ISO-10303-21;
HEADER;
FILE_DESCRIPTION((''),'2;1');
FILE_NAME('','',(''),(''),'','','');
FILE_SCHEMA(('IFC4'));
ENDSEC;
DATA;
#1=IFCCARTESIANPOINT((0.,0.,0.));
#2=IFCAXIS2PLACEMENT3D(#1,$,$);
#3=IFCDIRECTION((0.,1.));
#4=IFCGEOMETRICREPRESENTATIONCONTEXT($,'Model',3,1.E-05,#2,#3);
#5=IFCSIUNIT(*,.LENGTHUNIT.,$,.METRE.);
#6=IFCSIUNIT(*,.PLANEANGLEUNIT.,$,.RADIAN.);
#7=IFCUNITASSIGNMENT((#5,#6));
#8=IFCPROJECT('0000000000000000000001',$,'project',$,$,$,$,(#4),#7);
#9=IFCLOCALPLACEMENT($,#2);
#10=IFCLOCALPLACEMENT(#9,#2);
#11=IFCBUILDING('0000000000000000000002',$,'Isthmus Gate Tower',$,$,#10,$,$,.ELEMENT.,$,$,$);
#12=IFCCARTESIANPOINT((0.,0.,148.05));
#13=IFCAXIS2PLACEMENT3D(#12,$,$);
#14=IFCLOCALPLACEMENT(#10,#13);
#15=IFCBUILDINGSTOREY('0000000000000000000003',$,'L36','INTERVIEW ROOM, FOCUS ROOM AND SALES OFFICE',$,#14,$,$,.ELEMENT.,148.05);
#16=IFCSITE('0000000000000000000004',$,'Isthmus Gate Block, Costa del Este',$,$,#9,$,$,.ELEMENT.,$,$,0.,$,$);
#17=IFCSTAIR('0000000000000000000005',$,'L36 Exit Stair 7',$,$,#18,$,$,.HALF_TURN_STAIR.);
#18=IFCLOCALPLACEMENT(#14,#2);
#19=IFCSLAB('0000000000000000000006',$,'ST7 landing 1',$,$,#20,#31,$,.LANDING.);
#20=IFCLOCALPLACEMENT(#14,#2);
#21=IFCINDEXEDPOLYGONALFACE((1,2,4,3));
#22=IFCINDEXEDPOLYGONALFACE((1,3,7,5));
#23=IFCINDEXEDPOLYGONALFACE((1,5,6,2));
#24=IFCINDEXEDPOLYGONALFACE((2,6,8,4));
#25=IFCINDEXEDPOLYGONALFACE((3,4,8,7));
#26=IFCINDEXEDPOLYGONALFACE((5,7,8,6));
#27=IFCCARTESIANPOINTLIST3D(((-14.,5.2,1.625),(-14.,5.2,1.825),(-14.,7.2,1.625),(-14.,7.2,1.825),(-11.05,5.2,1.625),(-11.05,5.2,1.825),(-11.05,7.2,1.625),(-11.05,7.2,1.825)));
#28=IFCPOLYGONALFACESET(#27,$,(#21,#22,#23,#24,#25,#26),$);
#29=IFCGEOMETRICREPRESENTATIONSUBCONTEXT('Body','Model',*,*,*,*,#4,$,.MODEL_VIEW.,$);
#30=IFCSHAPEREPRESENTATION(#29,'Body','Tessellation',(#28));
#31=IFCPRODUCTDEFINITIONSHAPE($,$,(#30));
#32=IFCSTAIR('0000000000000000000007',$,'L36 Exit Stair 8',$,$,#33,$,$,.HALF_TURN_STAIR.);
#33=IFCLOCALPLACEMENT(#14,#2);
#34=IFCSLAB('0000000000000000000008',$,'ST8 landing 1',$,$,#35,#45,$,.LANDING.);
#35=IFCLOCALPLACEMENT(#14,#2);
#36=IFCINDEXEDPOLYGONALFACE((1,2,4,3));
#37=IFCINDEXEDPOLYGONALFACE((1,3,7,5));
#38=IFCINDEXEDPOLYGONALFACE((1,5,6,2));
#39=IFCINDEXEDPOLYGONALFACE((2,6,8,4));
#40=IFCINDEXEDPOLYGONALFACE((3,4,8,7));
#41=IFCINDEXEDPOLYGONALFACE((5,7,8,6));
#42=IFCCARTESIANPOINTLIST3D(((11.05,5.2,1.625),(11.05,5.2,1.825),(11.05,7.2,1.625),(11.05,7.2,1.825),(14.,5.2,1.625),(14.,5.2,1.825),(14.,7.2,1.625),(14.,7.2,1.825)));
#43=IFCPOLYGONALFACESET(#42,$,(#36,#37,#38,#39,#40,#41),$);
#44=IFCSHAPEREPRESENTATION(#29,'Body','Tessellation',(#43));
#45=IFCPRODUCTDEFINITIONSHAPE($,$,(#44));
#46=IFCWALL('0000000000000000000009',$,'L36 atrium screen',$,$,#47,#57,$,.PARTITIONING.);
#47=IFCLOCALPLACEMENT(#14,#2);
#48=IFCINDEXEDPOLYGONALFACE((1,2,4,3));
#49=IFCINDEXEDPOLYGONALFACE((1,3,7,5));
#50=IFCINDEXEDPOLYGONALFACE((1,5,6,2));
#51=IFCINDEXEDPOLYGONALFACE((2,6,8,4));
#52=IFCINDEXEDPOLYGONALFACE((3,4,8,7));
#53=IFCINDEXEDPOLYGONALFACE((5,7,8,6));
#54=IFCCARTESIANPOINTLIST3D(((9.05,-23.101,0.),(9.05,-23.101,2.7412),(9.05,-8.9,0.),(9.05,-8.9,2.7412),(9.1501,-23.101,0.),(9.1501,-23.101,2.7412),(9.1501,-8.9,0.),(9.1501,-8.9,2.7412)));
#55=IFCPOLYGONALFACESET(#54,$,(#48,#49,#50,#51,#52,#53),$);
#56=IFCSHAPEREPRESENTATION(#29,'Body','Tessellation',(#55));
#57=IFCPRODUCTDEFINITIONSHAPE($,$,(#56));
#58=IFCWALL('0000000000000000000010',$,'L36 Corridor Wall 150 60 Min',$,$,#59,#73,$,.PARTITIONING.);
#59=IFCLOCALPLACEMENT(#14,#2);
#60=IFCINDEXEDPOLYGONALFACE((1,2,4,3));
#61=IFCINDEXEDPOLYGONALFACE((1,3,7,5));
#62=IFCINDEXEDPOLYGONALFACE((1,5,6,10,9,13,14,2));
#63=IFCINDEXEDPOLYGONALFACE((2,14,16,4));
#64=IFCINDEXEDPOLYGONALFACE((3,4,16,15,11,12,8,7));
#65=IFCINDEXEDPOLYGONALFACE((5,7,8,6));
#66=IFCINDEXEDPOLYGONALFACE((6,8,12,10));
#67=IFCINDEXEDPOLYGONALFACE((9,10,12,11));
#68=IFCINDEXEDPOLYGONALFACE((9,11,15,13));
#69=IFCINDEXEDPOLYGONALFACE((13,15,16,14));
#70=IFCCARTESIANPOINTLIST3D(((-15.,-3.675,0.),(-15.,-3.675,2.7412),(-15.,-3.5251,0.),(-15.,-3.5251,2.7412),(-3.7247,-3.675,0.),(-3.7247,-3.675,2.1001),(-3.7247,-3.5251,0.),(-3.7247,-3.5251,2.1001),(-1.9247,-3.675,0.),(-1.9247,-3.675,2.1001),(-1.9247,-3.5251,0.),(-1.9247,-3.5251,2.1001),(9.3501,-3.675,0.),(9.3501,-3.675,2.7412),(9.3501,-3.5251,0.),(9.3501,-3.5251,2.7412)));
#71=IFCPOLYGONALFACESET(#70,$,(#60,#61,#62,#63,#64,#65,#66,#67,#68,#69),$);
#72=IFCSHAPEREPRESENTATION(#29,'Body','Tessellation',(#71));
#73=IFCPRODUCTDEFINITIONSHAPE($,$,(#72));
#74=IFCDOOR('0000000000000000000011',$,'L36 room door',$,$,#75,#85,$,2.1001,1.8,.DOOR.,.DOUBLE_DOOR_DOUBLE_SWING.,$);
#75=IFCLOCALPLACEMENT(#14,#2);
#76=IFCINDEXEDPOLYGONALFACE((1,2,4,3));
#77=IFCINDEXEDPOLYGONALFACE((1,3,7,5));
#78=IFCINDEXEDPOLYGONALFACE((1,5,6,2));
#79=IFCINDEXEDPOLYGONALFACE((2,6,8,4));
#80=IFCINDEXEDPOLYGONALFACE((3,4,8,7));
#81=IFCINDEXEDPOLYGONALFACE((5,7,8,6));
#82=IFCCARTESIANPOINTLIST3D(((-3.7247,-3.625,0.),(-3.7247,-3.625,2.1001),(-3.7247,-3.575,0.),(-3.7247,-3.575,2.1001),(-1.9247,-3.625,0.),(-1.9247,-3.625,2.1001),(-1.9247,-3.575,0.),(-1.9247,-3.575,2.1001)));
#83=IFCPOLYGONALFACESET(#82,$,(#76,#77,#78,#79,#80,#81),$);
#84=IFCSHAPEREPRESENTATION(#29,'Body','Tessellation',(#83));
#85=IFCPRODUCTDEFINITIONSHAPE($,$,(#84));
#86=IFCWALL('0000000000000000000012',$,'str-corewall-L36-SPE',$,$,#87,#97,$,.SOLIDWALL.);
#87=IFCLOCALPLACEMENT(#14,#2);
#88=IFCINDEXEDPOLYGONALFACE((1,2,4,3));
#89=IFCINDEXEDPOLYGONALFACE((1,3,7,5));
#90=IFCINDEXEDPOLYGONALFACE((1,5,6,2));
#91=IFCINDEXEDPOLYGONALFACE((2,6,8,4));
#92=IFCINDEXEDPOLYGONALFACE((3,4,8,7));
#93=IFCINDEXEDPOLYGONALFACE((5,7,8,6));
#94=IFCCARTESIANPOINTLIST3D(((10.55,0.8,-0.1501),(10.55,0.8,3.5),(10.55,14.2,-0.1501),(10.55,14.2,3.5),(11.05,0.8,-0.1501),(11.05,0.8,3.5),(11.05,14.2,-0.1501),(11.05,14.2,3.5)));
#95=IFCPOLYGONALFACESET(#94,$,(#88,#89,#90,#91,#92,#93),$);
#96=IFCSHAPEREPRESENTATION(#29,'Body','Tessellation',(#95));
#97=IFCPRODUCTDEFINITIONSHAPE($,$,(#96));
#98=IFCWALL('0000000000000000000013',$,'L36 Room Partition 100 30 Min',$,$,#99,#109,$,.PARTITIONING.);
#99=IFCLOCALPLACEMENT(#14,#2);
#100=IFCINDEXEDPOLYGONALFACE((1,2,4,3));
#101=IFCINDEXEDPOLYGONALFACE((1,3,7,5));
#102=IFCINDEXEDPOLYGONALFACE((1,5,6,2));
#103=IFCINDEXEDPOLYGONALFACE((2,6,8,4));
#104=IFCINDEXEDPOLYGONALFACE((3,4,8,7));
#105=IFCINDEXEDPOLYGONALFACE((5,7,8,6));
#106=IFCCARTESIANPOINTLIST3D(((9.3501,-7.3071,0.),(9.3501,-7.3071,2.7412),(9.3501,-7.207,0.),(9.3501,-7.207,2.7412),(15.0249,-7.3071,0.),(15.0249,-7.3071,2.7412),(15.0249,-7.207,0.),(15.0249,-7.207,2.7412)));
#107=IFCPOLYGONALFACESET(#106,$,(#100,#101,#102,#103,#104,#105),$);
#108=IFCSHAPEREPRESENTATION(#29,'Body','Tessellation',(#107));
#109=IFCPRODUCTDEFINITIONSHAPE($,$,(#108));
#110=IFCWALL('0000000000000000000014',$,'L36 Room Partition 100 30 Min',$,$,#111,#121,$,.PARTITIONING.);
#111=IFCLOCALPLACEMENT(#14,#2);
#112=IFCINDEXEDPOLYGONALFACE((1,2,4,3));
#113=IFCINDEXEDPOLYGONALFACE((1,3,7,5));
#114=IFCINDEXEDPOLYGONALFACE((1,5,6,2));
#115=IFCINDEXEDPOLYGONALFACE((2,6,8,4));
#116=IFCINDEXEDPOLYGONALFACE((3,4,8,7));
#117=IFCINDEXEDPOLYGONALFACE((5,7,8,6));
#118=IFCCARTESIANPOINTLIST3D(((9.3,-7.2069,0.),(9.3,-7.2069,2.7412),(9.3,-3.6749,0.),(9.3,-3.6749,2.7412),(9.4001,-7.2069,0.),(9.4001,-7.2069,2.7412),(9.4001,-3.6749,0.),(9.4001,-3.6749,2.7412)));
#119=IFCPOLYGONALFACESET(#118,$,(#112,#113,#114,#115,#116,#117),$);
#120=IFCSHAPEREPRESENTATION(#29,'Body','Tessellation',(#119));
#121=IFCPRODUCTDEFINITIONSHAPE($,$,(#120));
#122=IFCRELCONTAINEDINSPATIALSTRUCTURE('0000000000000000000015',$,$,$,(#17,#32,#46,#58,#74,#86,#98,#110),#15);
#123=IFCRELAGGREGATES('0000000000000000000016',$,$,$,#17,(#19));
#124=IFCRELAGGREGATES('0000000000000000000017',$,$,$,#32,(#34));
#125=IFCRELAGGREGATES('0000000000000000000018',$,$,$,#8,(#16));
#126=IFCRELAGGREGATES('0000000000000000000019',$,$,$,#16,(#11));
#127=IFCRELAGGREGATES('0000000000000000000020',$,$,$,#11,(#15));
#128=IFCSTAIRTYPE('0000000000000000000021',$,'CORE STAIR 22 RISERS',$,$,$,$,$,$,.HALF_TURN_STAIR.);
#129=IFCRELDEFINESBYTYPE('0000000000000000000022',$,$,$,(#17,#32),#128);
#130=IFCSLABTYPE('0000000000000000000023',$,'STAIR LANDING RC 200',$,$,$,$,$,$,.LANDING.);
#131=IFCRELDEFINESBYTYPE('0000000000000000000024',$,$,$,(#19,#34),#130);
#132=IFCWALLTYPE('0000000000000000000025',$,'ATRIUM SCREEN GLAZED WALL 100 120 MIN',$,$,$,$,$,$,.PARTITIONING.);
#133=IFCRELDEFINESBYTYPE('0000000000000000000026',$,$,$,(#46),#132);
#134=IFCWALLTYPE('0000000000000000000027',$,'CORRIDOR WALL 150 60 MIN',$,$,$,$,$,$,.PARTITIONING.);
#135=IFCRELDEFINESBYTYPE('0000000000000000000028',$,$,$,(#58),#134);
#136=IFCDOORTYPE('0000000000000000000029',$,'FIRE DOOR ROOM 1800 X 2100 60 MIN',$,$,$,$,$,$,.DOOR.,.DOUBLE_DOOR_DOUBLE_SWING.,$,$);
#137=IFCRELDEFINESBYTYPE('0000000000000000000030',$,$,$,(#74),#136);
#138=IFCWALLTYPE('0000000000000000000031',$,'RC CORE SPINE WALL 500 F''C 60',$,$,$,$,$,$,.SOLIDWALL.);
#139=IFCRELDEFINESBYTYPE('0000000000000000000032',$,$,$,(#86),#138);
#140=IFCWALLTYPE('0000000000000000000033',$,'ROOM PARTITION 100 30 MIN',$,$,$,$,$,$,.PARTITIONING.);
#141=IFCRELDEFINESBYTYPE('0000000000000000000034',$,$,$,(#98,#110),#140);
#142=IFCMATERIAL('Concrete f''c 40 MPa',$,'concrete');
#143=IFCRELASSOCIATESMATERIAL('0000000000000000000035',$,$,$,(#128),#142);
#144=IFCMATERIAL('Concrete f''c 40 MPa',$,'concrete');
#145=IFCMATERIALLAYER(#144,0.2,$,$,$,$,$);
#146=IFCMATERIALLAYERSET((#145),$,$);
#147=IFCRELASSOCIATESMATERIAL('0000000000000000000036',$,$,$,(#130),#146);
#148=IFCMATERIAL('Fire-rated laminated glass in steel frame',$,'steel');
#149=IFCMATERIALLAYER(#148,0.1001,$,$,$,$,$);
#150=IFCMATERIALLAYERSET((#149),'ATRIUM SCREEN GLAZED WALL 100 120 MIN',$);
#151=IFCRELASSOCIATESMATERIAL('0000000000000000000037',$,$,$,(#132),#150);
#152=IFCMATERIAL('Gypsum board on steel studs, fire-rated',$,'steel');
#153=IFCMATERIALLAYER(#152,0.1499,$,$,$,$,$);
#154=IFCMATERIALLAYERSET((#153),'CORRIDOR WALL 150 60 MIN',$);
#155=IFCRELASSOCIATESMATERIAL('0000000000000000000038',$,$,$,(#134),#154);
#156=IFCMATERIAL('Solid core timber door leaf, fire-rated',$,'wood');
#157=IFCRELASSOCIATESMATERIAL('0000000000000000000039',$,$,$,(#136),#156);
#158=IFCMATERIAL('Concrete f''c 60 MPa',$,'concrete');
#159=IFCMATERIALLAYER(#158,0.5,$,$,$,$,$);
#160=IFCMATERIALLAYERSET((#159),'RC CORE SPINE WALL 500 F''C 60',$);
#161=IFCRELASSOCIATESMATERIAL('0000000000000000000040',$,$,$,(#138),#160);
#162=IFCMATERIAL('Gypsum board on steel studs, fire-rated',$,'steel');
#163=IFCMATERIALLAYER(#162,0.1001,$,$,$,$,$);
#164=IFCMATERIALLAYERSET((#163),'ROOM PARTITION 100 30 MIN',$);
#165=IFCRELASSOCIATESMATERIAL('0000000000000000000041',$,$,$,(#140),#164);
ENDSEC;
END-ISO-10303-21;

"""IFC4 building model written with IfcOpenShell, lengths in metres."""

from ifc_helpers import new_model, si_unit, direction, frame, frame_2d, origin, place, context, subcontext, project, spatial, polyline, rectangle, outline, extrude, material, layer, layer_set, type_object, element, fill, aggregate, save


model = new_model("IFC4")

# Units and contexts
model_context = context("Model", 3, precision=1e-05, world=origin(), true_north=direction((0.0, 1.0)))
body_context = subcontext(model_context, "Body", "Model", "MODEL_VIEW")
ifc_project = project(units=[si_unit("LENGTHUNIT", "METRE"), si_unit("PLANEANGLEUNIT", "RADIAN")], contexts=[model_context])

# Site, building, storey
site_placement = place(None, origin())
site = spatial("IfcSite", under=ifc_project, at=site_placement, Name="Isthmus Gate Block, Costa del Este", CompositionType="ELEMENT", RefElevation=0.0)
building_placement = place(site_placement, origin())
building = spatial("IfcBuilding", under=site, at=building_placement, Name="Isthmus Gate Tower", CompositionType="ELEMENT")
storey_placement = place(building_placement, frame((0.0, 0.0, 148.05)))
storey = spatial("IfcBuildingStorey", under=building, at=storey_placement, Name="L36", Description="INTERVIEW ROOM, FOCUS ROOM AND SALES OFFICE", CompositionType="ELEMENT", Elevation=148.05)

# Stairs, slabs
ifc_material_1 = material(Name="Concrete f'c 40 MPa", Category="concrete")
stair_type = type_object("IfcStairType", Name="CORE STAIR 22 RISERS", PredefinedType="HALF_TURN_STAIR", material=ifc_material_1)
ifc_material_2 = material(Name="Concrete f'c 40 MPa", Category="concrete")
ifc_layer_1 = layer(ifc_material_2, 0.2)
ifc_layer_set_1 = layer_set([ifc_layer_1])
slab_type_1 = type_object("IfcSlabType", Name="STAIR LANDING RC 200", PredefinedType="LANDING", material=ifc_layer_set_1)
stair_1_placement = place(storey_placement, origin())
stair_1 = element("IfcStair", 1, at=stair_1_placement, inside=storey, type_object=stair_type, Name="L36 Exit Stair 7", PredefinedType="HALF_TURN_STAIR")
slab_1_placement = place(storey_placement, frame((0.0, 0.0, 1.625)))
slab_1 = element("IfcSlab", 2, at=slab_1_placement, type_object=slab_type_1, Name="ST7 landing 1", PredefinedType="LANDING", context=body_context, shape_type="SweptSolid", body=[
    extrude(outline(polyline([(-11.05, 5.2), (-11.05, 7.2), (-14.0, 7.2), (-14.0, 5.2), (-11.05, 5.2)])), origin(), (0.0, 0.0, 1.0), 0.2),
])
aggregate(stair_1, [slab_1])
stair_2_placement = place(storey_placement, origin())
stair_2 = element("IfcStair", 3, at=stair_2_placement, inside=storey, type_object=stair_type, Name="L36 Exit Stair 8", PredefinedType="HALF_TURN_STAIR")
slab_2_placement = place(storey_placement, frame((0.0, 0.0, 1.625)))
slab_2 = element("IfcSlab", 4, at=slab_2_placement, type_object=slab_type_1, Name="ST8 landing 1", PredefinedType="LANDING", context=body_context, shape_type="SweptSolid", body=[
    extrude(outline(polyline([(14.0, 5.2), (14.0, 7.2), (11.05, 7.2), (11.05, 5.2), (14.0, 5.2)])), origin(), (0.0, 0.0, 1.0), 0.2),
])
aggregate(stair_2, [slab_2])

# Wall
ifc_material_3 = material(Name="Fire-rated laminated glass in steel frame", Category="steel")
ifc_layer_2 = layer(ifc_material_3, 0.1001)
ifc_layer_set_2 = layer_set([ifc_layer_2], Name="ATRIUM SCREEN GLAZED WALL 100 120 MIN")
wall_type_1 = type_object("IfcWallType", Name="ATRIUM SCREEN GLAZED WALL 100 120 MIN", PredefinedType="PARTITIONING", material=ifc_layer_set_2)
wall_1_placement = place(storey_placement, frame((9.1001, -8.8999, 0.0), z_axis=(0.0, 0.0, 1.0), x_axis=(0.0, -1.0, 0.0)))
element("IfcWall", 5, at=wall_1_placement, inside=storey, type_object=wall_type_1, Name="L36 atrium screen", PredefinedType="PARTITIONING", context=body_context, shape_type="SweptSolid", body=[
    extrude(rectangle(XDim=14.2009, YDim=0.1001, at=frame_2d((7.1006, 0.0))), origin(), (0.0, 0.0, 1.0), 2.7412),
])

# Wall, opening, door
ifc_material_4 = material(Name="Gypsum board on steel studs, fire-rated", Category="steel")
ifc_layer_3 = layer(ifc_material_4, 0.1499)
ifc_layer_set_3 = layer_set([ifc_layer_3], Name="CORRIDOR WALL 150 60 MIN")
wall_type_2 = type_object("IfcWallType", Name="CORRIDOR WALL 150 60 MIN", PredefinedType="PARTITIONING", material=ifc_layer_set_3)
wall_2_placement = place(storey_placement, frame((9.3501, -3.6001, 0.0), z_axis=(0.0, 0.0, 1.0), x_axis=(-1.0, 0.0, 0.0)))
wall_2 = element("IfcWall", 6, at=wall_2_placement, inside=storey, type_object=wall_type_2, Name="L36 Corridor Wall 150 60 Min", PredefinedType="PARTITIONING", context=body_context, shape_type="SweptSolid", body=[
    extrude(rectangle(XDim=24.3501, YDim=0.1499, at=frame_2d((12.175, 0.0))), origin(), (0.0, 0.0, 1.0), 2.7412),
])
opening_placement = place(wall_2_placement, frame((11.2749, 0.0, 0.0)))
opening = element("IfcOpeningElement", 7, at=opening_placement, cuts=wall_2, PredefinedType="OPENING", context=body_context, shape_type="SweptSolid", body=[
    extrude(rectangle(XDim=1.8, YDim=2.1001, at=frame_2d((0.8999, 1.05))), frame((0.0, 0.085, 0.0), z_axis=(0.0, -1.0, 0.0), x_axis=(1.0, 0.0, 0.0)), (0.0, 0.0, 1.0), 0.1699),
])
ifc_material_5 = material(Name="Solid core timber door leaf, fire-rated", Category="wood")
door_type = type_object("IfcDoorType", Name="FIRE DOOR ROOM 1800 X 2100 60 MIN", OperationType="DOUBLE_DOOR_DOUBLE_SWING", PredefinedType="DOOR", material=ifc_material_5)
door_placement = place(opening_placement, origin())
door = element("IfcDoor", 8, at=door_placement, inside=storey, type_object=door_type, Name="L36 room door", OperationType="DOUBLE_DOOR_DOUBLE_SWING", OverallHeight=2.1001, OverallWidth=1.8, PredefinedType="DOOR", context=body_context, shape_type="SweptSolid", body=[
    extrude(rectangle(XDim=1.8, YDim=2.1001, at=frame_2d((0.8999, 1.05))), frame((0.0, 0.0249, 0.0), z_axis=(0.0, -1.0, 0.0), x_axis=(1.0, 0.0, 0.0)), (0.0, 0.0, 1.0), 0.05),
])
fill(opening, door)

# Walls
ifc_material_6 = material(Name="Concrete f'c 60 MPa", Category="concrete")
ifc_layer_4 = layer(ifc_material_6, 0.5)
ifc_layer_set_4 = layer_set([ifc_layer_4], Name="RC CORE SPINE WALL 500 F'C 60")
wall_type_3 = type_object("IfcWallType", Name="RC CORE SPINE WALL 500 F'C 60", PredefinedType="SOLIDWALL", material=ifc_layer_set_4)
wall_3_placement = place(storey_placement, frame((10.8, 0.8, -0.1501), z_axis=(0.0, 0.0, 1.0), x_axis=(0.0, 1.0, 0.0)))
element("IfcWall", 9, at=wall_3_placement, inside=storey, type_object=wall_type_3, Name="str-corewall-L36-SPE", PredefinedType="SOLIDWALL", context=body_context, shape_type="SweptSolid", body=[
    extrude(rectangle(XDim=13.3999, YDim=0.5, at=frame_2d((6.7, 0.0))), origin(), (0.0, 0.0, 1.0), 3.6501),
])
ifc_material_7 = material(Name="Gypsum board on steel studs, fire-rated", Category="steel")
ifc_layer_5 = layer(ifc_material_7, 0.1001)
ifc_layer_set_5 = layer_set([ifc_layer_5], Name="ROOM PARTITION 100 30 MIN")
wall_type_4 = type_object("IfcWallType", Name="ROOM PARTITION 100 30 MIN", PredefinedType="PARTITIONING", material=ifc_layer_set_5)
wall_4_placement = place(storey_placement, frame((9.3501, -7.2571, 0.0), z_axis=(0.0, 0.0, 1.0), x_axis=(1.0, 0.0, 0.0)))
element("IfcWall", 10, at=wall_4_placement, inside=storey, type_object=wall_type_4, Name="L36 Room Partition 100 30 Min", PredefinedType="PARTITIONING", context=body_context, shape_type="SweptSolid", body=[
    extrude(rectangle(XDim=5.6748, YDim=0.1001, at=frame_2d((2.8374, 0.0))), origin(), (0.0, 0.0, 1.0), 2.7412),
])
wall_5_placement = place(storey_placement, frame((9.3501, -7.207, 0.0), z_axis=(0.0, 0.0, 1.0), x_axis=(0.0, 1.0, 0.0)))
element("IfcWall", 11, at=wall_5_placement, inside=storey, type_object=wall_type_4, Name="L36 Room Partition 100 30 Min", PredefinedType="PARTITIONING", context=body_context, shape_type="SweptSolid", body=[
    extrude(rectangle(XDim=3.532, YDim=0.1001, at=frame_2d((1.7661, 0.0))), origin(), (0.0, 0.0, 1.0), 2.7412),
])

save(model, "model.ifc")
